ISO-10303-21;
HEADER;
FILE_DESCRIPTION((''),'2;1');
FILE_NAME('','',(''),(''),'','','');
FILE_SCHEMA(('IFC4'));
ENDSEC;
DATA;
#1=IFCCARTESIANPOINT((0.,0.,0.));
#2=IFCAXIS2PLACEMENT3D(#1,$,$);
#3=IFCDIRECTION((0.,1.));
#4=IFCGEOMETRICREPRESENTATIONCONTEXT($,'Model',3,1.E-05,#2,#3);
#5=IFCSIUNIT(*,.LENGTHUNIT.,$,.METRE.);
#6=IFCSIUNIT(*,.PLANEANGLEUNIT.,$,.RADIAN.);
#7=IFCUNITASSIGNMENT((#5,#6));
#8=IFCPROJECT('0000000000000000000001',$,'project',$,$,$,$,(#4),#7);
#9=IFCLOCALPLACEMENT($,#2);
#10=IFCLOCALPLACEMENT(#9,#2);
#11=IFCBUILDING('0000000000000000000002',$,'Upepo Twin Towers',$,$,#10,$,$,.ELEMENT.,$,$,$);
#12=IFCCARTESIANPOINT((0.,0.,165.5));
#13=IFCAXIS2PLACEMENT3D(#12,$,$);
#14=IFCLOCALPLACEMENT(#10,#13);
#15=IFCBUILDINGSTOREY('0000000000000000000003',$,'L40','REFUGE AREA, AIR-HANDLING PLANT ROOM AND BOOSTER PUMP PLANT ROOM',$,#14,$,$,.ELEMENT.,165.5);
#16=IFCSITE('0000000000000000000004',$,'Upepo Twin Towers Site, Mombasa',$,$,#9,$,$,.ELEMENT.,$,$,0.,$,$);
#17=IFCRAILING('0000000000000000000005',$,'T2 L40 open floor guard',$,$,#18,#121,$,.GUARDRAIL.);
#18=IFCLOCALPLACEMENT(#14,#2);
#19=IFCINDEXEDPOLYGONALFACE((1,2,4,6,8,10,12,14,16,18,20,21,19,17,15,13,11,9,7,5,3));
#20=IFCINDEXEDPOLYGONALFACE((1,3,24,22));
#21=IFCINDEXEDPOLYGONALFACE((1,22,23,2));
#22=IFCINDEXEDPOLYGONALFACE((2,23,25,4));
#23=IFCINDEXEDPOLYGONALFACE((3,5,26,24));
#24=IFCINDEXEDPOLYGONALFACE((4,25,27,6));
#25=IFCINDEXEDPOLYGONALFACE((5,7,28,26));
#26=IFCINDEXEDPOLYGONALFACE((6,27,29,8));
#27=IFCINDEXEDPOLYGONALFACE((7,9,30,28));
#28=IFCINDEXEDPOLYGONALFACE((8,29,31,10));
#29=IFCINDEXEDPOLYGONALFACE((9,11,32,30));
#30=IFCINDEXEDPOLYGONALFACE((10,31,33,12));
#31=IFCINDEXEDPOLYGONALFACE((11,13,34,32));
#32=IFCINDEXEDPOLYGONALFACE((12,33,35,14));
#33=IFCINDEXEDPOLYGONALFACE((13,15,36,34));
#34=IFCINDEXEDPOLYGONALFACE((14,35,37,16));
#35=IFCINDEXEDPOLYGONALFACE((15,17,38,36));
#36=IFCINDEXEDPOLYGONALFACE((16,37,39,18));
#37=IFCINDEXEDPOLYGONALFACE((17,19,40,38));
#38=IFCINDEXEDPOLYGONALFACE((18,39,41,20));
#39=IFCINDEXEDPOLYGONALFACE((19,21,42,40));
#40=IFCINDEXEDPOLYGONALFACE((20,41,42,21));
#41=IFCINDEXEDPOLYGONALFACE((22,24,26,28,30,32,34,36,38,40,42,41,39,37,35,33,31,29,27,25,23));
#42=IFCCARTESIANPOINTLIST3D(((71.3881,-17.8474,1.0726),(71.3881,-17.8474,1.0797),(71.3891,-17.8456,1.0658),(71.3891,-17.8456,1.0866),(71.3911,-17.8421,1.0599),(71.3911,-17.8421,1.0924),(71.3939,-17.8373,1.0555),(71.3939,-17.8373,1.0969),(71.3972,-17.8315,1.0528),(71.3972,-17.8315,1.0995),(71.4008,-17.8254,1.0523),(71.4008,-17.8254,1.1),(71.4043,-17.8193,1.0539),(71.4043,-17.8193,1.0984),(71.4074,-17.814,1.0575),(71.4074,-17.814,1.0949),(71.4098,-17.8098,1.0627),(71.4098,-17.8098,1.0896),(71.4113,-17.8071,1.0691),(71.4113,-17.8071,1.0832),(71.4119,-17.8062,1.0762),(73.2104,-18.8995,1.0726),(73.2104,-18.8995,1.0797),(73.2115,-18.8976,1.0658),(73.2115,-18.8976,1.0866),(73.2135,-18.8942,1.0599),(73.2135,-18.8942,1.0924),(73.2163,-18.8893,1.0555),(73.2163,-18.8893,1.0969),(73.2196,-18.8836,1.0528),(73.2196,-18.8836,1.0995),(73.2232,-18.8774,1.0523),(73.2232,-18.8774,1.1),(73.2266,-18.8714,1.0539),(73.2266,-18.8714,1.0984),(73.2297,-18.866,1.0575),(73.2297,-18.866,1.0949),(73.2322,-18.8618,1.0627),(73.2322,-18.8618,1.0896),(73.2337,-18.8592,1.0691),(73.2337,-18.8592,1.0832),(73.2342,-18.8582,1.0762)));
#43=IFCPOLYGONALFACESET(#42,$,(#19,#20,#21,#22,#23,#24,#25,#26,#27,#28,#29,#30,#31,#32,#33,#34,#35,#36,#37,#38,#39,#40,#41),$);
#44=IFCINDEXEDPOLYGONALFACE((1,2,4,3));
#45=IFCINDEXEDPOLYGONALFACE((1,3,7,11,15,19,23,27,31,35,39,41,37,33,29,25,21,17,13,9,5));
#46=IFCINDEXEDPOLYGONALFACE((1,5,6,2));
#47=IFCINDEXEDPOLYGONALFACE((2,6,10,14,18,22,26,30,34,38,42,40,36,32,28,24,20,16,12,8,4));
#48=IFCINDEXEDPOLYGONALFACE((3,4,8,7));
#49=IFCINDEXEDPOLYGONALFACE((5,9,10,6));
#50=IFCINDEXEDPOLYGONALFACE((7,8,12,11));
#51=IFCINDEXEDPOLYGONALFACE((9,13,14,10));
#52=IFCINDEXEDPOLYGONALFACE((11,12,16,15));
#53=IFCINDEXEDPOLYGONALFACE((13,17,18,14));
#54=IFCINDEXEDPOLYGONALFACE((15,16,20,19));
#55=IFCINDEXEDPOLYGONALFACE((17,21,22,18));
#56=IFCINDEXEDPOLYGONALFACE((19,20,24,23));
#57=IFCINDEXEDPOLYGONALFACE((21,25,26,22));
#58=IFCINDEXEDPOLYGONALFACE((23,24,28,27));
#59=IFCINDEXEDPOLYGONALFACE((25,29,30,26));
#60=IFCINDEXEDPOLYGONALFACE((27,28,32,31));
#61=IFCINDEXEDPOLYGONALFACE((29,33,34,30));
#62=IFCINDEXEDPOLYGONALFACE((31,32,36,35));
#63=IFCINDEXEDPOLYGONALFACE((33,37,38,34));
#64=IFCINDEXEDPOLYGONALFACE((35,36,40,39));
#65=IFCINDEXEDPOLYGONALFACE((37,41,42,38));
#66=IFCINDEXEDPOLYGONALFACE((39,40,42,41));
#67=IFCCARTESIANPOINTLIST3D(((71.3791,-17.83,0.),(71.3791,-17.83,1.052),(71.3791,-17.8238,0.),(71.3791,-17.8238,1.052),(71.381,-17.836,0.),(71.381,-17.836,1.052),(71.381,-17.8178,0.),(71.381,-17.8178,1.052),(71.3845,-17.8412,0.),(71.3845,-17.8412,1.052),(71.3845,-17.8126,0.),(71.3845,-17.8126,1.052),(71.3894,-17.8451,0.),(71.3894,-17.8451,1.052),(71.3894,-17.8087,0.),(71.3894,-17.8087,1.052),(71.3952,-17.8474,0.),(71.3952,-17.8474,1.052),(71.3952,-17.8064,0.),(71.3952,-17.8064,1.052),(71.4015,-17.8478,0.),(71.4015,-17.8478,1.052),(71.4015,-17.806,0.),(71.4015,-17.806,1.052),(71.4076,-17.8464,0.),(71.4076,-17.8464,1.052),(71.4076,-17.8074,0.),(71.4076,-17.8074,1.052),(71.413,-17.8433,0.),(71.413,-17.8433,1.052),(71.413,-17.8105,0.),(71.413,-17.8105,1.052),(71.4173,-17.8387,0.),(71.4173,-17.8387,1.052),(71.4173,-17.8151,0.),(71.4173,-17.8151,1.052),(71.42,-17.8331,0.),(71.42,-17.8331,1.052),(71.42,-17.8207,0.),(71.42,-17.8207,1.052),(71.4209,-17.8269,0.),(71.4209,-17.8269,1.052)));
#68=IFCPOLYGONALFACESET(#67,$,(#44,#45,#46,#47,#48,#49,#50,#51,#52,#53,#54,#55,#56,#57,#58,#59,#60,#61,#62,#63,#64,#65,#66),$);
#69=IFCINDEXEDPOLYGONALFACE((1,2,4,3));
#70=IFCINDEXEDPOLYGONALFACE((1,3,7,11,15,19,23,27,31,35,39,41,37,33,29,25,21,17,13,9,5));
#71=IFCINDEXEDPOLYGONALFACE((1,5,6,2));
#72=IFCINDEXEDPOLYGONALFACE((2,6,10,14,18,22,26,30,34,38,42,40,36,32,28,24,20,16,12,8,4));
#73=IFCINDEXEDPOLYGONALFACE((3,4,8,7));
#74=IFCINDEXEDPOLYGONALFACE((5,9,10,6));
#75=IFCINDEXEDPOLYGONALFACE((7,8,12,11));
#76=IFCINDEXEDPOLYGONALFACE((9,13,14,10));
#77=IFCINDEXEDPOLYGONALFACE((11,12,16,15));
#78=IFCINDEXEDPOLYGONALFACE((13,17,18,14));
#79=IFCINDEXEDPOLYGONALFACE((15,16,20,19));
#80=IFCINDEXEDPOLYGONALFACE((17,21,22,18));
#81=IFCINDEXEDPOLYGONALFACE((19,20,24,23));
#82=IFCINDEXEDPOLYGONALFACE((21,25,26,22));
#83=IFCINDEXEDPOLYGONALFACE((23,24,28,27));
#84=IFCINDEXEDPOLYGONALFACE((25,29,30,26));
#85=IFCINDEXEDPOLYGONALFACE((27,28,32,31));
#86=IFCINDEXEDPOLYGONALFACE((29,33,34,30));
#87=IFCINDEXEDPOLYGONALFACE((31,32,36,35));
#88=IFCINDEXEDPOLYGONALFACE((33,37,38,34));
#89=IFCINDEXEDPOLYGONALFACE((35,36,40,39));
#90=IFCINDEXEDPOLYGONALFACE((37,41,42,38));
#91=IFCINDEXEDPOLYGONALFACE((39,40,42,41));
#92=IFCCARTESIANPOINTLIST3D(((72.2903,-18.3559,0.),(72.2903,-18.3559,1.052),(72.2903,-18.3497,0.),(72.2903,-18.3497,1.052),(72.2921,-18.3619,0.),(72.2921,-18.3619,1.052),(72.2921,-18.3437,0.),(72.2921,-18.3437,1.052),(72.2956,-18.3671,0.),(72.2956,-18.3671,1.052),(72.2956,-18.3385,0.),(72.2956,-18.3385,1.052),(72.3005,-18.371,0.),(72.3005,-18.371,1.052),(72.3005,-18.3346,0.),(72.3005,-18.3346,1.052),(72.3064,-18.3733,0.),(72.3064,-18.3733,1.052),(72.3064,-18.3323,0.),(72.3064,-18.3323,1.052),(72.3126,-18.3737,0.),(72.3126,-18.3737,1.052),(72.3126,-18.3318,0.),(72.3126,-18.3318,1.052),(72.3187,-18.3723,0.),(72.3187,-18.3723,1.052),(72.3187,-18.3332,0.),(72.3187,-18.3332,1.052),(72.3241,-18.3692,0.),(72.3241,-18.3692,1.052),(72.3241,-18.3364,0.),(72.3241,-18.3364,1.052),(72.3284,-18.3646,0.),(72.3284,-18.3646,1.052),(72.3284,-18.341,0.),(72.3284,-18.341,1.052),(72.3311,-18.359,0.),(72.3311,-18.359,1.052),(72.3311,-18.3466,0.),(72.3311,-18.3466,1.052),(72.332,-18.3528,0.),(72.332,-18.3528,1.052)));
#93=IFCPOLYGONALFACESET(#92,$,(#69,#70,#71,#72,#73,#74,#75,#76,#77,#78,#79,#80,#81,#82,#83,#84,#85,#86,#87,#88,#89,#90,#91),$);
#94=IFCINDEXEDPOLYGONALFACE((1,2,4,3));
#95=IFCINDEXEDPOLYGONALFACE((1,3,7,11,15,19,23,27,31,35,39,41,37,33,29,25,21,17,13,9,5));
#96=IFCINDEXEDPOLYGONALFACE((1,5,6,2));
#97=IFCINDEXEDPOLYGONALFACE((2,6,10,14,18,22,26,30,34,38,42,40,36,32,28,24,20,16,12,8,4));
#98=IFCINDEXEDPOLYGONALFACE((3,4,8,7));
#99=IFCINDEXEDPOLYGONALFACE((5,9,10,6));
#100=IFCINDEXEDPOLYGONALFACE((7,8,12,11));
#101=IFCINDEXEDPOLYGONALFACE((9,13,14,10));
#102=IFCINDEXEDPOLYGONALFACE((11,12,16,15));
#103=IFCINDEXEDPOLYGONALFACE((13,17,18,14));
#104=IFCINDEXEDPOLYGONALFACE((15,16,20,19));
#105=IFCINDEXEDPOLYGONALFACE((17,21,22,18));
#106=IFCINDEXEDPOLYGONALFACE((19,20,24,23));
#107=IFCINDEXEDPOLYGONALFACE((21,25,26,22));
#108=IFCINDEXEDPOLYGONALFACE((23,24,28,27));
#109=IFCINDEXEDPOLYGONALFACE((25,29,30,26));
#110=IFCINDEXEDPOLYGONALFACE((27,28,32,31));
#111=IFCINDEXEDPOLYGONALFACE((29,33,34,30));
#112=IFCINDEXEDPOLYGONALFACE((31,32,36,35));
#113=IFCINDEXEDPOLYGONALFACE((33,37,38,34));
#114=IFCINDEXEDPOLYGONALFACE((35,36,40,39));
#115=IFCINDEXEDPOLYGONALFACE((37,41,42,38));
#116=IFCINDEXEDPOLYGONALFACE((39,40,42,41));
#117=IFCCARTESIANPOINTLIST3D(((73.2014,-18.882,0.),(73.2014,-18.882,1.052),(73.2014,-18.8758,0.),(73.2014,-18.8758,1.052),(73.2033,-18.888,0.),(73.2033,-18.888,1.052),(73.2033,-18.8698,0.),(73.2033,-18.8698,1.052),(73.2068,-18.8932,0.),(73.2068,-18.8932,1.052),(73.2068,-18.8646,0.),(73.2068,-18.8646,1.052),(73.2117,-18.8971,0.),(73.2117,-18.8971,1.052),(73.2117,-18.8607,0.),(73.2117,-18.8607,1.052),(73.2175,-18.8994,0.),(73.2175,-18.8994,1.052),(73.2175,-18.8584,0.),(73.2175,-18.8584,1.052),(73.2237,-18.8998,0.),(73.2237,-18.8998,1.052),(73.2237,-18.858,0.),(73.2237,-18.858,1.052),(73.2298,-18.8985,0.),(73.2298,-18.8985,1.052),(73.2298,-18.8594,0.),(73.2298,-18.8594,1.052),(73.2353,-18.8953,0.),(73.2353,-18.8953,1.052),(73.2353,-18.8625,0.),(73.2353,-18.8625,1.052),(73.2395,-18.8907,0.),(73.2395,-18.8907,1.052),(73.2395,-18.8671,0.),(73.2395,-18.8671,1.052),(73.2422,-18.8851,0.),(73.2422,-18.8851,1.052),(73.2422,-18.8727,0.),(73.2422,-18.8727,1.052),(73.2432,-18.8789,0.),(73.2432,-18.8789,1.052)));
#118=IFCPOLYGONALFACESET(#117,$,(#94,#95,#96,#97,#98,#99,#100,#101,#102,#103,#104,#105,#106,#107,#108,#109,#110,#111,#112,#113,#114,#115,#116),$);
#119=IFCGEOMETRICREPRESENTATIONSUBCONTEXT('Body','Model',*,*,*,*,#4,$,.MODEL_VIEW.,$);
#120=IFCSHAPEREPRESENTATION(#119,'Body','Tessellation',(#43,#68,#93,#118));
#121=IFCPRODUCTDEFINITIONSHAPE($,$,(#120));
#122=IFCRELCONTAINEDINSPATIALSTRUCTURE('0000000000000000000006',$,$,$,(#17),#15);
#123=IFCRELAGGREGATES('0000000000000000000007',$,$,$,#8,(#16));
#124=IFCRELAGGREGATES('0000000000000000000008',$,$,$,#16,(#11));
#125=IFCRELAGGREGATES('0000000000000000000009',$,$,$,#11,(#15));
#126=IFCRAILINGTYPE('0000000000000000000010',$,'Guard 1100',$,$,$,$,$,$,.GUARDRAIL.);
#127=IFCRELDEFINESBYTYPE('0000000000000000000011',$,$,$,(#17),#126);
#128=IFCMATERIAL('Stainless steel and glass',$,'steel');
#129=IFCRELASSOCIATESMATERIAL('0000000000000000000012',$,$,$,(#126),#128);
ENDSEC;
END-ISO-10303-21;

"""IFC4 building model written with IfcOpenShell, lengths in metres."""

from ifc_helpers import new_model, si_unit, direction, frame, origin, origin_2d, place, context, subcontext, project, spatial, circle, extrude, material, type_object, element, save


model = new_model("IFC4")

# Units and contexts
model_context = context("Model", 3, precision=1e-05, world=origin(), true_north=direction((0.0, 1.0)))
body_context = subcontext(model_context, "Body", "Model", "MODEL_VIEW")
ifc_project = project(units=[si_unit("LENGTHUNIT", "METRE"), si_unit("PLANEANGLEUNIT", "RADIAN")], contexts=[model_context])

# Site, building, storey
site_placement = place(None, origin())
site = spatial("IfcSite", under=ifc_project, at=site_placement, Name="Upepo Twin Towers Site, Mombasa", CompositionType="ELEMENT", RefElevation=0.0)
building_placement = place(site_placement, origin())
building = spatial("IfcBuilding", under=site, at=building_placement, Name="Upepo Twin Towers", CompositionType="ELEMENT")
storey_placement = place(building_placement, frame((0.0, 0.0, 165.5)))
storey = spatial("IfcBuildingStorey", under=building, at=storey_placement, Name="L40", Description="REFUGE AREA, AIR-HANDLING PLANT ROOM AND BOOSTER PUMP PLANT ROOM", CompositionType="ELEMENT", Elevation=165.5)

# Railing
ifc_material_1 = material(Name="Stainless steel and glass", Category="steel")
railing_type_1 = type_object("IfcRailingType", Name="Guard 1100", PredefinedType="GUARDRAIL", material=ifc_material_1)
railing_1_placement = place(storey_placement, frame((71.3999, -17.8269, 0.0)))
element("IfcRailing", 1, at=railing_1_placement, inside=storey, type_object=railing_type_1, Name="T2 L40 open floor guard", PredefinedType="GUARDRAIL", context=body_context, shape_type="SweptSolid", body=[
    extrude(circle(Radius=0.0239, at=origin_2d()), frame((0.0, 0.0, 1.0762), z_axis=(0.866043, -0.49997, 0.0), x_axis=(0.49997, 0.866043, 0.0)), (0.0, 0.0, 1.0), 2.1042),
    extrude(circle(Radius=0.021, at=origin_2d()), origin(), (0.0, 0.0, 1.0), 1.052),
    extrude(circle(Radius=0.021, at=origin_2d()), frame((0.9111, -0.5259, 0.0)), (0.0, 0.0, 1.0), 1.052),
    extrude(circle(Radius=0.021, at=origin_2d()), frame((1.8223, -1.052, 0.0)), (0.0, 0.0, 1.0), 1.052),
])

save(model, "model.ifc")
